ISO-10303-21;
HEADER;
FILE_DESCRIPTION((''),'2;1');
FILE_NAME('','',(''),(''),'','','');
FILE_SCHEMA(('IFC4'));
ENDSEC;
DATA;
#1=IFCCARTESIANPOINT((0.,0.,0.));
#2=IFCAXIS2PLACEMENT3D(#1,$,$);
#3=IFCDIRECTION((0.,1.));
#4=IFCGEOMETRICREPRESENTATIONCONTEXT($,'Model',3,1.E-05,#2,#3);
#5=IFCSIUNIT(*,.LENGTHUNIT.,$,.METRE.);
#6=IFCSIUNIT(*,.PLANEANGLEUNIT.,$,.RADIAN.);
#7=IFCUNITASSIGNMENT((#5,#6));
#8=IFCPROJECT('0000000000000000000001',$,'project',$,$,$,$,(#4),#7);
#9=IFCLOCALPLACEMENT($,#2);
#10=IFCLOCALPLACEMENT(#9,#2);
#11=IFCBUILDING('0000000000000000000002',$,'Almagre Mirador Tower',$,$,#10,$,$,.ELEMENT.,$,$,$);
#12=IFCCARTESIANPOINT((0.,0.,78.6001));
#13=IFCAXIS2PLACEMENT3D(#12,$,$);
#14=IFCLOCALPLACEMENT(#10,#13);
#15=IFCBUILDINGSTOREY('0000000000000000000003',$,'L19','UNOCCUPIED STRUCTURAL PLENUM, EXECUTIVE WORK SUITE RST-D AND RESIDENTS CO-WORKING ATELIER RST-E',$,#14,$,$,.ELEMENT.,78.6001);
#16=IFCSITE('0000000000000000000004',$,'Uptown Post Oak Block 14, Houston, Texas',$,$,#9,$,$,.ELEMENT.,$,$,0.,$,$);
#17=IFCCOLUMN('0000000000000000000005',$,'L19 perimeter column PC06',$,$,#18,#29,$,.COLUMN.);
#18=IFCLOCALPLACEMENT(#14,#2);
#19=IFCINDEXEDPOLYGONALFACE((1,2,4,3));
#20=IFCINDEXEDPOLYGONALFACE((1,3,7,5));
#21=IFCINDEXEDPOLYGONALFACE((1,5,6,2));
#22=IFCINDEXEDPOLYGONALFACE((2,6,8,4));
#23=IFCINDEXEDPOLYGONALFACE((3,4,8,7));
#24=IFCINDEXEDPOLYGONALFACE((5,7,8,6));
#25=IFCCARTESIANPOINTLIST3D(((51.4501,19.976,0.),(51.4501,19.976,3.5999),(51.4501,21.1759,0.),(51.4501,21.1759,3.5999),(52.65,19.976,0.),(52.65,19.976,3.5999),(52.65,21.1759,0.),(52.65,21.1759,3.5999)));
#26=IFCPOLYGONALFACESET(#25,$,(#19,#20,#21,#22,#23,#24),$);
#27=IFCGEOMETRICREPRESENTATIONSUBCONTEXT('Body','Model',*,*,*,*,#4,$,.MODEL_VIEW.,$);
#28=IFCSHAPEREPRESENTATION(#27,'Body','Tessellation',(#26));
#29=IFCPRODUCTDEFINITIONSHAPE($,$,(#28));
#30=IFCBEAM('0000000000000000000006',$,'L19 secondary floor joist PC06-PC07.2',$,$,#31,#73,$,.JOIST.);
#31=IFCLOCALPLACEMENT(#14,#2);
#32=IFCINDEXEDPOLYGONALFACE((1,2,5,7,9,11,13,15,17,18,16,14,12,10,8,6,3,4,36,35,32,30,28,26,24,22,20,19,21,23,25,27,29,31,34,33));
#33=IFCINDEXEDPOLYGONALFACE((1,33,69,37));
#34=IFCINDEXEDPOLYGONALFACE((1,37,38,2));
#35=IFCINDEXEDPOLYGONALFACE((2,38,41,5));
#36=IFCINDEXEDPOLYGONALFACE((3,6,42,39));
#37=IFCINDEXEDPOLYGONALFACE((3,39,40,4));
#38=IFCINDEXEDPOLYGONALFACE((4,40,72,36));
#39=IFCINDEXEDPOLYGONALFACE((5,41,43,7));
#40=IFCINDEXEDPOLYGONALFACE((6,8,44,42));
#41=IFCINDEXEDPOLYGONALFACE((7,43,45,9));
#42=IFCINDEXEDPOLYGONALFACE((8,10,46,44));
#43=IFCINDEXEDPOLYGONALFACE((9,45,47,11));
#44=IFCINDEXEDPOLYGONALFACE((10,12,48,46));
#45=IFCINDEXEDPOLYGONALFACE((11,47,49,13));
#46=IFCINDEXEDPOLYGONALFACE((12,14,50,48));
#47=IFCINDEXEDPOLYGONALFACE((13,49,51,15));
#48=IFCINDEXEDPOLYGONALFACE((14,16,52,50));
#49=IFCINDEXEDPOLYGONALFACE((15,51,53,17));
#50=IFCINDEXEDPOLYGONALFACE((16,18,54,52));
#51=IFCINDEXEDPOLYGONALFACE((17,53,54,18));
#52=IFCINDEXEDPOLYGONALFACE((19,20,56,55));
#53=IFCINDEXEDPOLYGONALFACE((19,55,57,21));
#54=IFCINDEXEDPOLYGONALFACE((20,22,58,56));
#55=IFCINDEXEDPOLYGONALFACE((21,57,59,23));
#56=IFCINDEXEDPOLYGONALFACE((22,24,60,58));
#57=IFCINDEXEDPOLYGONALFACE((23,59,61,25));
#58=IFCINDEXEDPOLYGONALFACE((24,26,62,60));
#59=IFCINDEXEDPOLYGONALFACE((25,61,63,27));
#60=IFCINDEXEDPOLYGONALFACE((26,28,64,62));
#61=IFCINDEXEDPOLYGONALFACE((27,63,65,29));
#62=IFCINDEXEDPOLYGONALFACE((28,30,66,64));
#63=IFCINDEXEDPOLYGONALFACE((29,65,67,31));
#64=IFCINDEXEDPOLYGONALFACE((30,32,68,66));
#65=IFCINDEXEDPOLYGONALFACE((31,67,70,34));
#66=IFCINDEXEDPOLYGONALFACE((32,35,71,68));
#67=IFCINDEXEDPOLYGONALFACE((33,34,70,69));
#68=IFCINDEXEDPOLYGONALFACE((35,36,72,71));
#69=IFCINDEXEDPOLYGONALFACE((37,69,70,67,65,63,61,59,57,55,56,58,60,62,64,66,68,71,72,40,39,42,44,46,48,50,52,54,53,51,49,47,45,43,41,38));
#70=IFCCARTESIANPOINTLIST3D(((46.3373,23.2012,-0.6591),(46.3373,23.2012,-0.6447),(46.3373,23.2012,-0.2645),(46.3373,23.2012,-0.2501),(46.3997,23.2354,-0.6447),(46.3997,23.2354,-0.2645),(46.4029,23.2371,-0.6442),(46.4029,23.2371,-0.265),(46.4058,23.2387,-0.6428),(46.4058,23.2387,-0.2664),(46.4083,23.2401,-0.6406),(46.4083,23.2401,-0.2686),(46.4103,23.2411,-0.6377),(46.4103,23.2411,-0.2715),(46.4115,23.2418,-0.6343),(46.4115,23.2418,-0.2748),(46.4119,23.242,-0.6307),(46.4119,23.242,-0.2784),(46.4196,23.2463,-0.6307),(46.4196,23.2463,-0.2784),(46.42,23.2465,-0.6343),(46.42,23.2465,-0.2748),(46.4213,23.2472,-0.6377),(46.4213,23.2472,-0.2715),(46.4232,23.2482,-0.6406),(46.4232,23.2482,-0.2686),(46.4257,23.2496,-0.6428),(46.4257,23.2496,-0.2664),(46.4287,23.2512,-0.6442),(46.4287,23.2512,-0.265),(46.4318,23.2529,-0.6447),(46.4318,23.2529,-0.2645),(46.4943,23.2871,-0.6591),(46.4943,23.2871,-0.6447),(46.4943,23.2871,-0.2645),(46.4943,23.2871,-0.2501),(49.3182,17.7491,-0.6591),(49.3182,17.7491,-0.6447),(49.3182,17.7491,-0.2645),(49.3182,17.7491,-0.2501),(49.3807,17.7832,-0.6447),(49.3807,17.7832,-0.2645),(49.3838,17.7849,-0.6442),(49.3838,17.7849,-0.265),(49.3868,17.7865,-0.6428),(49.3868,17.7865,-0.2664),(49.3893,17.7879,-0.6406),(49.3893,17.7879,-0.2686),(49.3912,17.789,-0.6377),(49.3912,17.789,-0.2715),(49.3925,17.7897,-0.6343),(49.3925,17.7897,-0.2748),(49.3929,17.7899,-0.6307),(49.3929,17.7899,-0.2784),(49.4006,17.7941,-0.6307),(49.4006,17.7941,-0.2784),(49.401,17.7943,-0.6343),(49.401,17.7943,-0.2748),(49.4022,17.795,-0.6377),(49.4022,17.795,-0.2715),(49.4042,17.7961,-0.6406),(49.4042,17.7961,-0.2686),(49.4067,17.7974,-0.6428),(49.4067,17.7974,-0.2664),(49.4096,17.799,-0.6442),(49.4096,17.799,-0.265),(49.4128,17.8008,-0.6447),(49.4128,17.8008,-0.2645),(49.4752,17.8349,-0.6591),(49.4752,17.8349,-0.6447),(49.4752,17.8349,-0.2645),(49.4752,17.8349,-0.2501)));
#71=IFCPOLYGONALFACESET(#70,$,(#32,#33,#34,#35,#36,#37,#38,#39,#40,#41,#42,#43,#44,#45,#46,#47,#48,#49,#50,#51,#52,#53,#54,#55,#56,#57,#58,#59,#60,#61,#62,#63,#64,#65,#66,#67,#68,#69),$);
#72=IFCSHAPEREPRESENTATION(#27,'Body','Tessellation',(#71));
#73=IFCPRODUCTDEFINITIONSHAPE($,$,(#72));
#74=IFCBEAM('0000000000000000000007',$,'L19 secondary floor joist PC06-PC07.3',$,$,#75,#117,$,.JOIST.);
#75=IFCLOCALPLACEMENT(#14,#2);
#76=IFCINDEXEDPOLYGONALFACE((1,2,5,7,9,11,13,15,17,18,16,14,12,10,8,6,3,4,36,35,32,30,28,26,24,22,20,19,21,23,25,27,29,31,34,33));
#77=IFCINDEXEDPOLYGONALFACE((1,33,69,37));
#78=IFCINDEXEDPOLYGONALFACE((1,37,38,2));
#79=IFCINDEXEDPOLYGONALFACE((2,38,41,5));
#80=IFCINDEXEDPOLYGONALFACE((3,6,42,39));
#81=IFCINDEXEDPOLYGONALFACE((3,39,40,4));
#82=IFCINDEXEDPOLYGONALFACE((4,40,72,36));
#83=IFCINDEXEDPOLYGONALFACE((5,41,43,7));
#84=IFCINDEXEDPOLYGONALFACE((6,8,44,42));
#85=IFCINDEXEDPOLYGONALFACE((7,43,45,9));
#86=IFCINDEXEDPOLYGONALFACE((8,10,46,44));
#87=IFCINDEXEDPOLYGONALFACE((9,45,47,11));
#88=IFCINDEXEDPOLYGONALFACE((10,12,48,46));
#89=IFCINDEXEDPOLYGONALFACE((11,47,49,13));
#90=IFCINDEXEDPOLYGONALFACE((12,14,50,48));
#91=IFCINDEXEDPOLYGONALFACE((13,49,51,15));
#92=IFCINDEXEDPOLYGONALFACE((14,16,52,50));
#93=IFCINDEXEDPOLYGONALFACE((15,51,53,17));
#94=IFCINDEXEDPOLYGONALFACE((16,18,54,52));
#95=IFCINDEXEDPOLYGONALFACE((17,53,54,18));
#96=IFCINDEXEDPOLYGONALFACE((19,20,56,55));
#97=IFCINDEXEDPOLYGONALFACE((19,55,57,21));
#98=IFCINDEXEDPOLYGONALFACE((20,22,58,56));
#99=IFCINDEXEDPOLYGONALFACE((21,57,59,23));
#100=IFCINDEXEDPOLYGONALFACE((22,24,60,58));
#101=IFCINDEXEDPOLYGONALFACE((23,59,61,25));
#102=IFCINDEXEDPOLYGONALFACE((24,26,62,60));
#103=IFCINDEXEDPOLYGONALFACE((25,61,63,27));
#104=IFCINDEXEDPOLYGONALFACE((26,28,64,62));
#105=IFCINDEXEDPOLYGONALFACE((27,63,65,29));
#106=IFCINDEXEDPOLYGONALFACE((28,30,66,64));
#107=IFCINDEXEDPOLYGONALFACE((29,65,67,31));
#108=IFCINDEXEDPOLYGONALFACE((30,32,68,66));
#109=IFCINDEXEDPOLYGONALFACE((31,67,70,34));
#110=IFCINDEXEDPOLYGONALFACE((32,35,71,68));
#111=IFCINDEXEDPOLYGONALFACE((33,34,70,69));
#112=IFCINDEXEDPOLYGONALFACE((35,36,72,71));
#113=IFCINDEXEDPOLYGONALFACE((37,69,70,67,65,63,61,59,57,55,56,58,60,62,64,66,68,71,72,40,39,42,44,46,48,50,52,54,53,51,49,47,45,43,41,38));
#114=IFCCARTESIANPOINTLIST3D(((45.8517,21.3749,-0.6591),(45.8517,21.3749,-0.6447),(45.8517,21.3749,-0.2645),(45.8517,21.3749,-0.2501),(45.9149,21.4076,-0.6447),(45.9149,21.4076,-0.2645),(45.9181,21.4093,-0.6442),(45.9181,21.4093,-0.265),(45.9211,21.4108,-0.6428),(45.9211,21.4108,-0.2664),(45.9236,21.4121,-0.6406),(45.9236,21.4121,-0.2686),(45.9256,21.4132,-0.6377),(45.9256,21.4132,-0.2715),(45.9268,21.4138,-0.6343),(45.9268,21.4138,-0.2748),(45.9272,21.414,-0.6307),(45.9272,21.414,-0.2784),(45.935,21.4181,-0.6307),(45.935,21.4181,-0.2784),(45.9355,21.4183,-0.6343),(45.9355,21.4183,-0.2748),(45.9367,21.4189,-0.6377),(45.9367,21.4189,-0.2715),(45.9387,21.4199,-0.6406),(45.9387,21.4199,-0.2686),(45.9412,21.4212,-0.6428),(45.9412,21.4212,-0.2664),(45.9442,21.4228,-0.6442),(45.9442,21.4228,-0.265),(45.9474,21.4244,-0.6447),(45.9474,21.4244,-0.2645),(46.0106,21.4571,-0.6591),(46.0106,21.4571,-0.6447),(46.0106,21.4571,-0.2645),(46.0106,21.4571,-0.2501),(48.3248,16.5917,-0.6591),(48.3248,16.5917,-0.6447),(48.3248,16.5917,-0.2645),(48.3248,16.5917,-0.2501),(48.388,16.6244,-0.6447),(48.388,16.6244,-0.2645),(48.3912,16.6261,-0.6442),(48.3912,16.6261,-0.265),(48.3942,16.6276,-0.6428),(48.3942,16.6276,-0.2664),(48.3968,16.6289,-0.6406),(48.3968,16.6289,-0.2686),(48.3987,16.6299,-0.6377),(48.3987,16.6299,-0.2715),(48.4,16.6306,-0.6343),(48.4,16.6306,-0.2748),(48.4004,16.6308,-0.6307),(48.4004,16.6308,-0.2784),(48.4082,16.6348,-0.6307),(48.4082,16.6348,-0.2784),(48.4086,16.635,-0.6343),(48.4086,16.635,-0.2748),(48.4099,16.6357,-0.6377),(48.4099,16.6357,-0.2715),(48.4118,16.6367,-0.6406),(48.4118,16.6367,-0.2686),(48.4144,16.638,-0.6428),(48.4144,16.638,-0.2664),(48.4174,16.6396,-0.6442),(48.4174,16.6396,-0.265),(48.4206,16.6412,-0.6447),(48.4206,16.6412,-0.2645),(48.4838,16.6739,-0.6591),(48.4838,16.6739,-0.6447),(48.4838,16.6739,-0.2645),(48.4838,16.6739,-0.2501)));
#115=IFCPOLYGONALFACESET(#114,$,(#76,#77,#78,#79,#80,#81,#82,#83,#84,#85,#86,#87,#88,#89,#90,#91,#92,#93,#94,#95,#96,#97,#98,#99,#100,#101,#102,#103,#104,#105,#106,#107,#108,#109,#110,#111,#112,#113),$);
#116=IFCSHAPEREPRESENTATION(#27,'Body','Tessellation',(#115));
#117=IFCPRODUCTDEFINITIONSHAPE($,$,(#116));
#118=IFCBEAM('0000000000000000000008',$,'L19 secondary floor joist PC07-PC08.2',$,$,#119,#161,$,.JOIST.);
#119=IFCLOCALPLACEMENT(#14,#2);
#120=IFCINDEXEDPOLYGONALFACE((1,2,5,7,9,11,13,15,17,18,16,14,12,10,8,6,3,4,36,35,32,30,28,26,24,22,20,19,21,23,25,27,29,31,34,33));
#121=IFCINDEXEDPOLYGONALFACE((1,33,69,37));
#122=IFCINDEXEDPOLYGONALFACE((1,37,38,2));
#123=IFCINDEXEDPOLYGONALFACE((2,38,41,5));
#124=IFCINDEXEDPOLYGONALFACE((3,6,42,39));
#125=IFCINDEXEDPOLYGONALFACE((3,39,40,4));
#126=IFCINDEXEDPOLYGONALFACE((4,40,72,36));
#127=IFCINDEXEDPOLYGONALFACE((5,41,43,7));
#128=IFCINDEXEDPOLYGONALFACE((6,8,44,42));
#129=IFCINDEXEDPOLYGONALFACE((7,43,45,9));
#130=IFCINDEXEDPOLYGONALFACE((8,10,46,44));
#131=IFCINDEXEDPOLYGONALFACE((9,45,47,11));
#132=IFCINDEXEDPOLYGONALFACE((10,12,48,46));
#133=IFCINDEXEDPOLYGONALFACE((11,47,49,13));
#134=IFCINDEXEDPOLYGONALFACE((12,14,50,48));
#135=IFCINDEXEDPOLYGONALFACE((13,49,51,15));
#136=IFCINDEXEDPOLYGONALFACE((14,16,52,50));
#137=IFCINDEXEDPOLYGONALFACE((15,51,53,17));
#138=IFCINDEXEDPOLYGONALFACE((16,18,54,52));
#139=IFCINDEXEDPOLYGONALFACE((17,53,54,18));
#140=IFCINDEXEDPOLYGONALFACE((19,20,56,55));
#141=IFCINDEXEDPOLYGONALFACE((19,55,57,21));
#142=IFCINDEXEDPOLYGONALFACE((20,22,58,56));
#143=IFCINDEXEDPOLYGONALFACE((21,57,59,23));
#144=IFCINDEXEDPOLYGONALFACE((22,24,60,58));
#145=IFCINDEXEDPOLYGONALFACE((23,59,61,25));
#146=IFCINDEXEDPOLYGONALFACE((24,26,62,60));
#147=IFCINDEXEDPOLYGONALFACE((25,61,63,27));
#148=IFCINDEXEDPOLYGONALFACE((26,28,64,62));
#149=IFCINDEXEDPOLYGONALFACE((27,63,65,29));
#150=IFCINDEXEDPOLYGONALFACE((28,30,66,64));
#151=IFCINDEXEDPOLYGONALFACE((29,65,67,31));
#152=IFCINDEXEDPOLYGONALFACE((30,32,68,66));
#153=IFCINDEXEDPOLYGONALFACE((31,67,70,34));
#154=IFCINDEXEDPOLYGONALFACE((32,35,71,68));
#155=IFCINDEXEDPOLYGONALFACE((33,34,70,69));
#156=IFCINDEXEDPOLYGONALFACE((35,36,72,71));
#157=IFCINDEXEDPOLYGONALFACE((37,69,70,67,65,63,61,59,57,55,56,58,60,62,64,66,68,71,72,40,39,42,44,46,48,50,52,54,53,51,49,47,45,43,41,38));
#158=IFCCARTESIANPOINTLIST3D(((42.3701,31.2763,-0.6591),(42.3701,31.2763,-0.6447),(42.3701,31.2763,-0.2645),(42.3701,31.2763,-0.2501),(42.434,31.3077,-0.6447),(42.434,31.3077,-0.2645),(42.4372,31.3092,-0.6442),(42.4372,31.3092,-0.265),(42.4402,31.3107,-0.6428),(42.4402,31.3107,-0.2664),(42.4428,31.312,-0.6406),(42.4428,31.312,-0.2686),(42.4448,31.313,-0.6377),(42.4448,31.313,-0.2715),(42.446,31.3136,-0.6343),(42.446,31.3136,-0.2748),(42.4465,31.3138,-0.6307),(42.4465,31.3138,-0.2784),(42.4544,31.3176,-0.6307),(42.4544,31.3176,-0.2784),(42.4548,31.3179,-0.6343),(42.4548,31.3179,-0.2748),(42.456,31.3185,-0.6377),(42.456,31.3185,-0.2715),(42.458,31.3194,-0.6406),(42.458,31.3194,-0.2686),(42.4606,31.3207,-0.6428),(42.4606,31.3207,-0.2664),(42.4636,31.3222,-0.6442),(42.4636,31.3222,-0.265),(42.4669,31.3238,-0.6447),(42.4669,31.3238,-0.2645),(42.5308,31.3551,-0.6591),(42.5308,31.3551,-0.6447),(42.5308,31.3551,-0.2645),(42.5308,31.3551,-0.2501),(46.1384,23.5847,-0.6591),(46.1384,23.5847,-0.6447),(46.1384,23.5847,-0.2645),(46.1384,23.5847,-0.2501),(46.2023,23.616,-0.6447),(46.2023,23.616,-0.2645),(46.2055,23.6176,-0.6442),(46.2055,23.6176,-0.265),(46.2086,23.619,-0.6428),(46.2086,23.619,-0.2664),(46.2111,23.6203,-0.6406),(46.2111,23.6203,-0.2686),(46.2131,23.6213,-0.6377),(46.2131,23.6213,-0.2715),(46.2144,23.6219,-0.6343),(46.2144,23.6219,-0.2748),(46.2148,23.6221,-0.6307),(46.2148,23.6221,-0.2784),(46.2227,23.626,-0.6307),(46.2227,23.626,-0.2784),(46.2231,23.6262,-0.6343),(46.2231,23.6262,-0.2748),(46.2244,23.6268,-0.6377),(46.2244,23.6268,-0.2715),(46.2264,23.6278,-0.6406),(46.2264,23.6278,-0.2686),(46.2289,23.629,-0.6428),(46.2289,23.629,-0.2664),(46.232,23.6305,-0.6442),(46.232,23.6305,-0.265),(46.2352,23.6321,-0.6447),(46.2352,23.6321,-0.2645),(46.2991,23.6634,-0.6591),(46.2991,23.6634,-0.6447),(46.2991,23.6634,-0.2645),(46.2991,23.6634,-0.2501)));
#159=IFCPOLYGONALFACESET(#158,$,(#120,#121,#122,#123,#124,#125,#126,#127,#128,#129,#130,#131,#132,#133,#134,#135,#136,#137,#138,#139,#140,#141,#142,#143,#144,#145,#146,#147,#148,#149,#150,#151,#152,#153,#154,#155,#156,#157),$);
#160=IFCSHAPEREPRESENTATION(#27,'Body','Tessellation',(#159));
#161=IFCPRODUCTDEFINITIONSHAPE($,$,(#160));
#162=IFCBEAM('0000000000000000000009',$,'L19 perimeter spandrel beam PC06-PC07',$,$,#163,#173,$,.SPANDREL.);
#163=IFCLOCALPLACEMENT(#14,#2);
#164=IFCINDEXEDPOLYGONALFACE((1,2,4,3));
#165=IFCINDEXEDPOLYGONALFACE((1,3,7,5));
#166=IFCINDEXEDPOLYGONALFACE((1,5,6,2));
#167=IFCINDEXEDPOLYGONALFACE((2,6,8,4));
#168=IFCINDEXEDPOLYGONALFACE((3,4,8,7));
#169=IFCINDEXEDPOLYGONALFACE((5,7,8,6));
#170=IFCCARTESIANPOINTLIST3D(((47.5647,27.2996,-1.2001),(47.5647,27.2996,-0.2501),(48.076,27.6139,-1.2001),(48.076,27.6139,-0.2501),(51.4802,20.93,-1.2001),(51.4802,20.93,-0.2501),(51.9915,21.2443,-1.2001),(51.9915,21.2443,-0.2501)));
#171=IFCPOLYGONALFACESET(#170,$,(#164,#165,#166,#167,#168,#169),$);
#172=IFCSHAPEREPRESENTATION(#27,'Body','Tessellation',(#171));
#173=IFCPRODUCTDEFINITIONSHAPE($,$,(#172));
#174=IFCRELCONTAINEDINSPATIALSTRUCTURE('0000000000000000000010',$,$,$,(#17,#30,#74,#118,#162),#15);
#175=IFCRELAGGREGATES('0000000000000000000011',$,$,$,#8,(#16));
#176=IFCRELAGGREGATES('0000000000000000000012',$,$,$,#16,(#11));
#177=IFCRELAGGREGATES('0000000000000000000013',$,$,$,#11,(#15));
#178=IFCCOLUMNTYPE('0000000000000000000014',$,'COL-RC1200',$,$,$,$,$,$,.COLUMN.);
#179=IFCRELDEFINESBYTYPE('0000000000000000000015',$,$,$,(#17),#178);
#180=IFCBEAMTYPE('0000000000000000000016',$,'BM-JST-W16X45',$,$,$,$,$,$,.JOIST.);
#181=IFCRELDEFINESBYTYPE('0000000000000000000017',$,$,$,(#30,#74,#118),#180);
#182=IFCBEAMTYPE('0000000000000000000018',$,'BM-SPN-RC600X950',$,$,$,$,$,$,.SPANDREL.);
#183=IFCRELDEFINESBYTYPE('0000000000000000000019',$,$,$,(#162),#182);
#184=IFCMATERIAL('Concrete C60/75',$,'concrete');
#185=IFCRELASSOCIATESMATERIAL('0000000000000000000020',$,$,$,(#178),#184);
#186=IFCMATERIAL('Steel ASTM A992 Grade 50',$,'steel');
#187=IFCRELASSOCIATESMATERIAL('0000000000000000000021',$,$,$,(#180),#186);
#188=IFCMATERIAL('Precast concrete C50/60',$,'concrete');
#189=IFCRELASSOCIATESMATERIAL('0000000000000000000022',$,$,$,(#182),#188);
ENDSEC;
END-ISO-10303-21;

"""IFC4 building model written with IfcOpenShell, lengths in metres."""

from ifc_helpers import new_model, si_unit, direction, frame, origin, origin_2d, place, context, subcontext, project, spatial, rectangle, i_section, extrude, material, material_profile, profile_set, type_object, element, save


model = new_model("IFC4")

# Units and contexts
model_context = context("Model", 3, precision=1e-05, world=origin(), true_north=direction((0.0, 1.0)))
body_context = subcontext(model_context, "Body", "Model", "MODEL_VIEW")
ifc_project = project(units=[si_unit("LENGTHUNIT", "METRE"), si_unit("PLANEANGLEUNIT", "RADIAN")], contexts=[model_context])

# Site, building, storey
site_placement = place(None, origin())
site = spatial("IfcSite", under=ifc_project, at=site_placement, Name="Uptown Post Oak Block 14, Houston, Texas", CompositionType="ELEMENT", RefElevation=0.0)
building_placement = place(site_placement, origin())
building = spatial("IfcBuilding", under=site, at=building_placement, Name="Almagre Mirador Tower", CompositionType="ELEMENT")
storey_placement = place(building_placement, frame((0.0, 0.0, 78.6001)))
storey = spatial("IfcBuildingStorey", under=building, at=storey_placement, Name="L19", Description="UNOCCUPIED STRUCTURAL PLENUM, EXECUTIVE WORK SUITE RST-D AND RESIDENTS CO-WORKING ATELIER RST-E", CompositionType="ELEMENT", Elevation=78.6001)

# Column
ifc_material_1 = material(Name="Concrete C60/75", Category="concrete")
ifc_material_profile_1 = material_profile(ifc_material_1, rectangle(XDim=1.2, YDim=1.2, at=origin_2d()), Name="RC1200X1200")
ifc_profile_set_1 = profile_set([ifc_material_profile_1], Name="Concrete C60/75")
column_type = type_object("IfcColumnType", Name="COL-RC1200", PredefinedType="COLUMN", material=ifc_profile_set_1)
column_placement = place(storey_placement, frame((52.05, 20.5759, 0.0), z_axis=(0.0, 0.0, 1.0), x_axis=(1.0, 0.0, 0.0)))
element("IfcColumn", 1, at=column_placement, inside=storey, type_object=column_type, Name="L19 perimeter column PC06", PredefinedType="COLUMN", context=body_context, shape_type="SweptSolid", body=[
    extrude(rectangle(XDim=1.2, YDim=1.2, at=origin_2d()), origin(), (0.0, 0.0, 1.0), 3.5999),
])

# Beams
ifc_material_2 = material(Name="Steel ASTM A992 Grade 50", Category="steel")
ifc_material_profile_2 = material_profile(ifc_material_2, i_section(OverallWidth=0.179, OverallDepth=0.4089, WebThickness=0.0088, FlangeThickness=0.0144, FilletRadius=0.0139, at=origin_2d()), Name="W16X45")
ifc_profile_set_2 = profile_set([ifc_material_profile_2], Name="Steel ASTM A992 Grade 50")
beam_type_1 = type_object("IfcBeamType", Name="BM-JST-W16X45", PredefinedType="JOIST", material=ifc_profile_set_2)
beam_1_placement = place(storey_placement, frame((49.3967, 17.792, -0.4546), z_axis=(-0.479727, 0.877418, 0.0), x_axis=(-0.877418, -0.479727, 0.0)))
element("IfcBeam", 2, at=beam_1_placement, inside=storey, type_object=beam_type_1, Name="L19 secondary floor joist PC06-PC07.2", PredefinedType="JOIST", context=body_context, shape_type="SweptSolid", body=[
    extrude(i_section(OverallWidth=0.179, OverallDepth=0.4089, WebThickness=0.0088, FlangeThickness=0.0144, FilletRadius=0.0139, at=origin_2d()), origin(), (0.0, 0.0, 1.0), 6.2139),
])
beam_2_placement = place(storey_placement, frame((48.4043, 16.6328, -0.4546), z_axis=(-0.459287, 0.888288, 0.0), x_axis=(-0.888288, -0.459287, 0.0)))
element("IfcBeam", 3, at=beam_2_placement, inside=storey, type_object=beam_type_1, Name="L19 secondary floor joist PC06-PC07.3", PredefinedType="JOIST", context=body_context, shape_type="SweptSolid", body=[
    extrude(i_section(OverallWidth=0.179, OverallDepth=0.4089, WebThickness=0.0088, FlangeThickness=0.0144, FilletRadius=0.0139, at=origin_2d()), origin(), (0.0, 0.0, 1.0), 5.3848),
])
beam_3_placement = place(storey_placement, frame((46.2188, 23.624, -0.4546), z_axis=(-0.439959, 0.898018, 0.0), x_axis=(-0.898018, -0.439959, 0.0)))
element("IfcBeam", 4, at=beam_3_placement, inside=storey, type_object=beam_type_1, Name="L19 secondary floor joist PC07-PC08.2", PredefinedType="JOIST", context=body_context, shape_type="SweptSolid", body=[
    extrude(i_section(OverallWidth=0.179, OverallDepth=0.4089, WebThickness=0.0088, FlangeThickness=0.0144, FilletRadius=0.0139, at=origin_2d()), origin(), (0.0, 0.0, 1.0), 8.5652),
])
ifc_material_3 = material(Name="Precast concrete C50/60", Category="concrete")
ifc_material_profile_3 = material_profile(ifc_material_3, rectangle(XDim=0.6001, YDim=0.95, at=origin_2d()), Name="RC600X950")
ifc_profile_set_3 = profile_set([ifc_material_profile_3], Name="Precast concrete C50/60")
beam_type_2 = type_object("IfcBeamType", Name="BM-SPN-RC600X950", PredefinedType="SPANDREL", material=ifc_profile_set_3)
beam_4_placement = place(storey_placement, frame((51.7358, 21.0872, -0.7251), z_axis=(-0.523686, 0.851912, 0.0), x_axis=(-0.851912, -0.523686, 0.0)))
element("IfcBeam", 5, at=beam_4_placement, inside=storey, type_object=beam_type_2, Name="L19 perimeter spandrel beam PC06-PC07", PredefinedType="SPANDREL", context=body_context, shape_type="SweptSolid", body=[
    extrude(rectangle(XDim=0.6001, YDim=0.95, at=origin_2d()), origin(), (0.0, 0.0, 1.0), 7.4768),
])

save(model, "model.ifc")
